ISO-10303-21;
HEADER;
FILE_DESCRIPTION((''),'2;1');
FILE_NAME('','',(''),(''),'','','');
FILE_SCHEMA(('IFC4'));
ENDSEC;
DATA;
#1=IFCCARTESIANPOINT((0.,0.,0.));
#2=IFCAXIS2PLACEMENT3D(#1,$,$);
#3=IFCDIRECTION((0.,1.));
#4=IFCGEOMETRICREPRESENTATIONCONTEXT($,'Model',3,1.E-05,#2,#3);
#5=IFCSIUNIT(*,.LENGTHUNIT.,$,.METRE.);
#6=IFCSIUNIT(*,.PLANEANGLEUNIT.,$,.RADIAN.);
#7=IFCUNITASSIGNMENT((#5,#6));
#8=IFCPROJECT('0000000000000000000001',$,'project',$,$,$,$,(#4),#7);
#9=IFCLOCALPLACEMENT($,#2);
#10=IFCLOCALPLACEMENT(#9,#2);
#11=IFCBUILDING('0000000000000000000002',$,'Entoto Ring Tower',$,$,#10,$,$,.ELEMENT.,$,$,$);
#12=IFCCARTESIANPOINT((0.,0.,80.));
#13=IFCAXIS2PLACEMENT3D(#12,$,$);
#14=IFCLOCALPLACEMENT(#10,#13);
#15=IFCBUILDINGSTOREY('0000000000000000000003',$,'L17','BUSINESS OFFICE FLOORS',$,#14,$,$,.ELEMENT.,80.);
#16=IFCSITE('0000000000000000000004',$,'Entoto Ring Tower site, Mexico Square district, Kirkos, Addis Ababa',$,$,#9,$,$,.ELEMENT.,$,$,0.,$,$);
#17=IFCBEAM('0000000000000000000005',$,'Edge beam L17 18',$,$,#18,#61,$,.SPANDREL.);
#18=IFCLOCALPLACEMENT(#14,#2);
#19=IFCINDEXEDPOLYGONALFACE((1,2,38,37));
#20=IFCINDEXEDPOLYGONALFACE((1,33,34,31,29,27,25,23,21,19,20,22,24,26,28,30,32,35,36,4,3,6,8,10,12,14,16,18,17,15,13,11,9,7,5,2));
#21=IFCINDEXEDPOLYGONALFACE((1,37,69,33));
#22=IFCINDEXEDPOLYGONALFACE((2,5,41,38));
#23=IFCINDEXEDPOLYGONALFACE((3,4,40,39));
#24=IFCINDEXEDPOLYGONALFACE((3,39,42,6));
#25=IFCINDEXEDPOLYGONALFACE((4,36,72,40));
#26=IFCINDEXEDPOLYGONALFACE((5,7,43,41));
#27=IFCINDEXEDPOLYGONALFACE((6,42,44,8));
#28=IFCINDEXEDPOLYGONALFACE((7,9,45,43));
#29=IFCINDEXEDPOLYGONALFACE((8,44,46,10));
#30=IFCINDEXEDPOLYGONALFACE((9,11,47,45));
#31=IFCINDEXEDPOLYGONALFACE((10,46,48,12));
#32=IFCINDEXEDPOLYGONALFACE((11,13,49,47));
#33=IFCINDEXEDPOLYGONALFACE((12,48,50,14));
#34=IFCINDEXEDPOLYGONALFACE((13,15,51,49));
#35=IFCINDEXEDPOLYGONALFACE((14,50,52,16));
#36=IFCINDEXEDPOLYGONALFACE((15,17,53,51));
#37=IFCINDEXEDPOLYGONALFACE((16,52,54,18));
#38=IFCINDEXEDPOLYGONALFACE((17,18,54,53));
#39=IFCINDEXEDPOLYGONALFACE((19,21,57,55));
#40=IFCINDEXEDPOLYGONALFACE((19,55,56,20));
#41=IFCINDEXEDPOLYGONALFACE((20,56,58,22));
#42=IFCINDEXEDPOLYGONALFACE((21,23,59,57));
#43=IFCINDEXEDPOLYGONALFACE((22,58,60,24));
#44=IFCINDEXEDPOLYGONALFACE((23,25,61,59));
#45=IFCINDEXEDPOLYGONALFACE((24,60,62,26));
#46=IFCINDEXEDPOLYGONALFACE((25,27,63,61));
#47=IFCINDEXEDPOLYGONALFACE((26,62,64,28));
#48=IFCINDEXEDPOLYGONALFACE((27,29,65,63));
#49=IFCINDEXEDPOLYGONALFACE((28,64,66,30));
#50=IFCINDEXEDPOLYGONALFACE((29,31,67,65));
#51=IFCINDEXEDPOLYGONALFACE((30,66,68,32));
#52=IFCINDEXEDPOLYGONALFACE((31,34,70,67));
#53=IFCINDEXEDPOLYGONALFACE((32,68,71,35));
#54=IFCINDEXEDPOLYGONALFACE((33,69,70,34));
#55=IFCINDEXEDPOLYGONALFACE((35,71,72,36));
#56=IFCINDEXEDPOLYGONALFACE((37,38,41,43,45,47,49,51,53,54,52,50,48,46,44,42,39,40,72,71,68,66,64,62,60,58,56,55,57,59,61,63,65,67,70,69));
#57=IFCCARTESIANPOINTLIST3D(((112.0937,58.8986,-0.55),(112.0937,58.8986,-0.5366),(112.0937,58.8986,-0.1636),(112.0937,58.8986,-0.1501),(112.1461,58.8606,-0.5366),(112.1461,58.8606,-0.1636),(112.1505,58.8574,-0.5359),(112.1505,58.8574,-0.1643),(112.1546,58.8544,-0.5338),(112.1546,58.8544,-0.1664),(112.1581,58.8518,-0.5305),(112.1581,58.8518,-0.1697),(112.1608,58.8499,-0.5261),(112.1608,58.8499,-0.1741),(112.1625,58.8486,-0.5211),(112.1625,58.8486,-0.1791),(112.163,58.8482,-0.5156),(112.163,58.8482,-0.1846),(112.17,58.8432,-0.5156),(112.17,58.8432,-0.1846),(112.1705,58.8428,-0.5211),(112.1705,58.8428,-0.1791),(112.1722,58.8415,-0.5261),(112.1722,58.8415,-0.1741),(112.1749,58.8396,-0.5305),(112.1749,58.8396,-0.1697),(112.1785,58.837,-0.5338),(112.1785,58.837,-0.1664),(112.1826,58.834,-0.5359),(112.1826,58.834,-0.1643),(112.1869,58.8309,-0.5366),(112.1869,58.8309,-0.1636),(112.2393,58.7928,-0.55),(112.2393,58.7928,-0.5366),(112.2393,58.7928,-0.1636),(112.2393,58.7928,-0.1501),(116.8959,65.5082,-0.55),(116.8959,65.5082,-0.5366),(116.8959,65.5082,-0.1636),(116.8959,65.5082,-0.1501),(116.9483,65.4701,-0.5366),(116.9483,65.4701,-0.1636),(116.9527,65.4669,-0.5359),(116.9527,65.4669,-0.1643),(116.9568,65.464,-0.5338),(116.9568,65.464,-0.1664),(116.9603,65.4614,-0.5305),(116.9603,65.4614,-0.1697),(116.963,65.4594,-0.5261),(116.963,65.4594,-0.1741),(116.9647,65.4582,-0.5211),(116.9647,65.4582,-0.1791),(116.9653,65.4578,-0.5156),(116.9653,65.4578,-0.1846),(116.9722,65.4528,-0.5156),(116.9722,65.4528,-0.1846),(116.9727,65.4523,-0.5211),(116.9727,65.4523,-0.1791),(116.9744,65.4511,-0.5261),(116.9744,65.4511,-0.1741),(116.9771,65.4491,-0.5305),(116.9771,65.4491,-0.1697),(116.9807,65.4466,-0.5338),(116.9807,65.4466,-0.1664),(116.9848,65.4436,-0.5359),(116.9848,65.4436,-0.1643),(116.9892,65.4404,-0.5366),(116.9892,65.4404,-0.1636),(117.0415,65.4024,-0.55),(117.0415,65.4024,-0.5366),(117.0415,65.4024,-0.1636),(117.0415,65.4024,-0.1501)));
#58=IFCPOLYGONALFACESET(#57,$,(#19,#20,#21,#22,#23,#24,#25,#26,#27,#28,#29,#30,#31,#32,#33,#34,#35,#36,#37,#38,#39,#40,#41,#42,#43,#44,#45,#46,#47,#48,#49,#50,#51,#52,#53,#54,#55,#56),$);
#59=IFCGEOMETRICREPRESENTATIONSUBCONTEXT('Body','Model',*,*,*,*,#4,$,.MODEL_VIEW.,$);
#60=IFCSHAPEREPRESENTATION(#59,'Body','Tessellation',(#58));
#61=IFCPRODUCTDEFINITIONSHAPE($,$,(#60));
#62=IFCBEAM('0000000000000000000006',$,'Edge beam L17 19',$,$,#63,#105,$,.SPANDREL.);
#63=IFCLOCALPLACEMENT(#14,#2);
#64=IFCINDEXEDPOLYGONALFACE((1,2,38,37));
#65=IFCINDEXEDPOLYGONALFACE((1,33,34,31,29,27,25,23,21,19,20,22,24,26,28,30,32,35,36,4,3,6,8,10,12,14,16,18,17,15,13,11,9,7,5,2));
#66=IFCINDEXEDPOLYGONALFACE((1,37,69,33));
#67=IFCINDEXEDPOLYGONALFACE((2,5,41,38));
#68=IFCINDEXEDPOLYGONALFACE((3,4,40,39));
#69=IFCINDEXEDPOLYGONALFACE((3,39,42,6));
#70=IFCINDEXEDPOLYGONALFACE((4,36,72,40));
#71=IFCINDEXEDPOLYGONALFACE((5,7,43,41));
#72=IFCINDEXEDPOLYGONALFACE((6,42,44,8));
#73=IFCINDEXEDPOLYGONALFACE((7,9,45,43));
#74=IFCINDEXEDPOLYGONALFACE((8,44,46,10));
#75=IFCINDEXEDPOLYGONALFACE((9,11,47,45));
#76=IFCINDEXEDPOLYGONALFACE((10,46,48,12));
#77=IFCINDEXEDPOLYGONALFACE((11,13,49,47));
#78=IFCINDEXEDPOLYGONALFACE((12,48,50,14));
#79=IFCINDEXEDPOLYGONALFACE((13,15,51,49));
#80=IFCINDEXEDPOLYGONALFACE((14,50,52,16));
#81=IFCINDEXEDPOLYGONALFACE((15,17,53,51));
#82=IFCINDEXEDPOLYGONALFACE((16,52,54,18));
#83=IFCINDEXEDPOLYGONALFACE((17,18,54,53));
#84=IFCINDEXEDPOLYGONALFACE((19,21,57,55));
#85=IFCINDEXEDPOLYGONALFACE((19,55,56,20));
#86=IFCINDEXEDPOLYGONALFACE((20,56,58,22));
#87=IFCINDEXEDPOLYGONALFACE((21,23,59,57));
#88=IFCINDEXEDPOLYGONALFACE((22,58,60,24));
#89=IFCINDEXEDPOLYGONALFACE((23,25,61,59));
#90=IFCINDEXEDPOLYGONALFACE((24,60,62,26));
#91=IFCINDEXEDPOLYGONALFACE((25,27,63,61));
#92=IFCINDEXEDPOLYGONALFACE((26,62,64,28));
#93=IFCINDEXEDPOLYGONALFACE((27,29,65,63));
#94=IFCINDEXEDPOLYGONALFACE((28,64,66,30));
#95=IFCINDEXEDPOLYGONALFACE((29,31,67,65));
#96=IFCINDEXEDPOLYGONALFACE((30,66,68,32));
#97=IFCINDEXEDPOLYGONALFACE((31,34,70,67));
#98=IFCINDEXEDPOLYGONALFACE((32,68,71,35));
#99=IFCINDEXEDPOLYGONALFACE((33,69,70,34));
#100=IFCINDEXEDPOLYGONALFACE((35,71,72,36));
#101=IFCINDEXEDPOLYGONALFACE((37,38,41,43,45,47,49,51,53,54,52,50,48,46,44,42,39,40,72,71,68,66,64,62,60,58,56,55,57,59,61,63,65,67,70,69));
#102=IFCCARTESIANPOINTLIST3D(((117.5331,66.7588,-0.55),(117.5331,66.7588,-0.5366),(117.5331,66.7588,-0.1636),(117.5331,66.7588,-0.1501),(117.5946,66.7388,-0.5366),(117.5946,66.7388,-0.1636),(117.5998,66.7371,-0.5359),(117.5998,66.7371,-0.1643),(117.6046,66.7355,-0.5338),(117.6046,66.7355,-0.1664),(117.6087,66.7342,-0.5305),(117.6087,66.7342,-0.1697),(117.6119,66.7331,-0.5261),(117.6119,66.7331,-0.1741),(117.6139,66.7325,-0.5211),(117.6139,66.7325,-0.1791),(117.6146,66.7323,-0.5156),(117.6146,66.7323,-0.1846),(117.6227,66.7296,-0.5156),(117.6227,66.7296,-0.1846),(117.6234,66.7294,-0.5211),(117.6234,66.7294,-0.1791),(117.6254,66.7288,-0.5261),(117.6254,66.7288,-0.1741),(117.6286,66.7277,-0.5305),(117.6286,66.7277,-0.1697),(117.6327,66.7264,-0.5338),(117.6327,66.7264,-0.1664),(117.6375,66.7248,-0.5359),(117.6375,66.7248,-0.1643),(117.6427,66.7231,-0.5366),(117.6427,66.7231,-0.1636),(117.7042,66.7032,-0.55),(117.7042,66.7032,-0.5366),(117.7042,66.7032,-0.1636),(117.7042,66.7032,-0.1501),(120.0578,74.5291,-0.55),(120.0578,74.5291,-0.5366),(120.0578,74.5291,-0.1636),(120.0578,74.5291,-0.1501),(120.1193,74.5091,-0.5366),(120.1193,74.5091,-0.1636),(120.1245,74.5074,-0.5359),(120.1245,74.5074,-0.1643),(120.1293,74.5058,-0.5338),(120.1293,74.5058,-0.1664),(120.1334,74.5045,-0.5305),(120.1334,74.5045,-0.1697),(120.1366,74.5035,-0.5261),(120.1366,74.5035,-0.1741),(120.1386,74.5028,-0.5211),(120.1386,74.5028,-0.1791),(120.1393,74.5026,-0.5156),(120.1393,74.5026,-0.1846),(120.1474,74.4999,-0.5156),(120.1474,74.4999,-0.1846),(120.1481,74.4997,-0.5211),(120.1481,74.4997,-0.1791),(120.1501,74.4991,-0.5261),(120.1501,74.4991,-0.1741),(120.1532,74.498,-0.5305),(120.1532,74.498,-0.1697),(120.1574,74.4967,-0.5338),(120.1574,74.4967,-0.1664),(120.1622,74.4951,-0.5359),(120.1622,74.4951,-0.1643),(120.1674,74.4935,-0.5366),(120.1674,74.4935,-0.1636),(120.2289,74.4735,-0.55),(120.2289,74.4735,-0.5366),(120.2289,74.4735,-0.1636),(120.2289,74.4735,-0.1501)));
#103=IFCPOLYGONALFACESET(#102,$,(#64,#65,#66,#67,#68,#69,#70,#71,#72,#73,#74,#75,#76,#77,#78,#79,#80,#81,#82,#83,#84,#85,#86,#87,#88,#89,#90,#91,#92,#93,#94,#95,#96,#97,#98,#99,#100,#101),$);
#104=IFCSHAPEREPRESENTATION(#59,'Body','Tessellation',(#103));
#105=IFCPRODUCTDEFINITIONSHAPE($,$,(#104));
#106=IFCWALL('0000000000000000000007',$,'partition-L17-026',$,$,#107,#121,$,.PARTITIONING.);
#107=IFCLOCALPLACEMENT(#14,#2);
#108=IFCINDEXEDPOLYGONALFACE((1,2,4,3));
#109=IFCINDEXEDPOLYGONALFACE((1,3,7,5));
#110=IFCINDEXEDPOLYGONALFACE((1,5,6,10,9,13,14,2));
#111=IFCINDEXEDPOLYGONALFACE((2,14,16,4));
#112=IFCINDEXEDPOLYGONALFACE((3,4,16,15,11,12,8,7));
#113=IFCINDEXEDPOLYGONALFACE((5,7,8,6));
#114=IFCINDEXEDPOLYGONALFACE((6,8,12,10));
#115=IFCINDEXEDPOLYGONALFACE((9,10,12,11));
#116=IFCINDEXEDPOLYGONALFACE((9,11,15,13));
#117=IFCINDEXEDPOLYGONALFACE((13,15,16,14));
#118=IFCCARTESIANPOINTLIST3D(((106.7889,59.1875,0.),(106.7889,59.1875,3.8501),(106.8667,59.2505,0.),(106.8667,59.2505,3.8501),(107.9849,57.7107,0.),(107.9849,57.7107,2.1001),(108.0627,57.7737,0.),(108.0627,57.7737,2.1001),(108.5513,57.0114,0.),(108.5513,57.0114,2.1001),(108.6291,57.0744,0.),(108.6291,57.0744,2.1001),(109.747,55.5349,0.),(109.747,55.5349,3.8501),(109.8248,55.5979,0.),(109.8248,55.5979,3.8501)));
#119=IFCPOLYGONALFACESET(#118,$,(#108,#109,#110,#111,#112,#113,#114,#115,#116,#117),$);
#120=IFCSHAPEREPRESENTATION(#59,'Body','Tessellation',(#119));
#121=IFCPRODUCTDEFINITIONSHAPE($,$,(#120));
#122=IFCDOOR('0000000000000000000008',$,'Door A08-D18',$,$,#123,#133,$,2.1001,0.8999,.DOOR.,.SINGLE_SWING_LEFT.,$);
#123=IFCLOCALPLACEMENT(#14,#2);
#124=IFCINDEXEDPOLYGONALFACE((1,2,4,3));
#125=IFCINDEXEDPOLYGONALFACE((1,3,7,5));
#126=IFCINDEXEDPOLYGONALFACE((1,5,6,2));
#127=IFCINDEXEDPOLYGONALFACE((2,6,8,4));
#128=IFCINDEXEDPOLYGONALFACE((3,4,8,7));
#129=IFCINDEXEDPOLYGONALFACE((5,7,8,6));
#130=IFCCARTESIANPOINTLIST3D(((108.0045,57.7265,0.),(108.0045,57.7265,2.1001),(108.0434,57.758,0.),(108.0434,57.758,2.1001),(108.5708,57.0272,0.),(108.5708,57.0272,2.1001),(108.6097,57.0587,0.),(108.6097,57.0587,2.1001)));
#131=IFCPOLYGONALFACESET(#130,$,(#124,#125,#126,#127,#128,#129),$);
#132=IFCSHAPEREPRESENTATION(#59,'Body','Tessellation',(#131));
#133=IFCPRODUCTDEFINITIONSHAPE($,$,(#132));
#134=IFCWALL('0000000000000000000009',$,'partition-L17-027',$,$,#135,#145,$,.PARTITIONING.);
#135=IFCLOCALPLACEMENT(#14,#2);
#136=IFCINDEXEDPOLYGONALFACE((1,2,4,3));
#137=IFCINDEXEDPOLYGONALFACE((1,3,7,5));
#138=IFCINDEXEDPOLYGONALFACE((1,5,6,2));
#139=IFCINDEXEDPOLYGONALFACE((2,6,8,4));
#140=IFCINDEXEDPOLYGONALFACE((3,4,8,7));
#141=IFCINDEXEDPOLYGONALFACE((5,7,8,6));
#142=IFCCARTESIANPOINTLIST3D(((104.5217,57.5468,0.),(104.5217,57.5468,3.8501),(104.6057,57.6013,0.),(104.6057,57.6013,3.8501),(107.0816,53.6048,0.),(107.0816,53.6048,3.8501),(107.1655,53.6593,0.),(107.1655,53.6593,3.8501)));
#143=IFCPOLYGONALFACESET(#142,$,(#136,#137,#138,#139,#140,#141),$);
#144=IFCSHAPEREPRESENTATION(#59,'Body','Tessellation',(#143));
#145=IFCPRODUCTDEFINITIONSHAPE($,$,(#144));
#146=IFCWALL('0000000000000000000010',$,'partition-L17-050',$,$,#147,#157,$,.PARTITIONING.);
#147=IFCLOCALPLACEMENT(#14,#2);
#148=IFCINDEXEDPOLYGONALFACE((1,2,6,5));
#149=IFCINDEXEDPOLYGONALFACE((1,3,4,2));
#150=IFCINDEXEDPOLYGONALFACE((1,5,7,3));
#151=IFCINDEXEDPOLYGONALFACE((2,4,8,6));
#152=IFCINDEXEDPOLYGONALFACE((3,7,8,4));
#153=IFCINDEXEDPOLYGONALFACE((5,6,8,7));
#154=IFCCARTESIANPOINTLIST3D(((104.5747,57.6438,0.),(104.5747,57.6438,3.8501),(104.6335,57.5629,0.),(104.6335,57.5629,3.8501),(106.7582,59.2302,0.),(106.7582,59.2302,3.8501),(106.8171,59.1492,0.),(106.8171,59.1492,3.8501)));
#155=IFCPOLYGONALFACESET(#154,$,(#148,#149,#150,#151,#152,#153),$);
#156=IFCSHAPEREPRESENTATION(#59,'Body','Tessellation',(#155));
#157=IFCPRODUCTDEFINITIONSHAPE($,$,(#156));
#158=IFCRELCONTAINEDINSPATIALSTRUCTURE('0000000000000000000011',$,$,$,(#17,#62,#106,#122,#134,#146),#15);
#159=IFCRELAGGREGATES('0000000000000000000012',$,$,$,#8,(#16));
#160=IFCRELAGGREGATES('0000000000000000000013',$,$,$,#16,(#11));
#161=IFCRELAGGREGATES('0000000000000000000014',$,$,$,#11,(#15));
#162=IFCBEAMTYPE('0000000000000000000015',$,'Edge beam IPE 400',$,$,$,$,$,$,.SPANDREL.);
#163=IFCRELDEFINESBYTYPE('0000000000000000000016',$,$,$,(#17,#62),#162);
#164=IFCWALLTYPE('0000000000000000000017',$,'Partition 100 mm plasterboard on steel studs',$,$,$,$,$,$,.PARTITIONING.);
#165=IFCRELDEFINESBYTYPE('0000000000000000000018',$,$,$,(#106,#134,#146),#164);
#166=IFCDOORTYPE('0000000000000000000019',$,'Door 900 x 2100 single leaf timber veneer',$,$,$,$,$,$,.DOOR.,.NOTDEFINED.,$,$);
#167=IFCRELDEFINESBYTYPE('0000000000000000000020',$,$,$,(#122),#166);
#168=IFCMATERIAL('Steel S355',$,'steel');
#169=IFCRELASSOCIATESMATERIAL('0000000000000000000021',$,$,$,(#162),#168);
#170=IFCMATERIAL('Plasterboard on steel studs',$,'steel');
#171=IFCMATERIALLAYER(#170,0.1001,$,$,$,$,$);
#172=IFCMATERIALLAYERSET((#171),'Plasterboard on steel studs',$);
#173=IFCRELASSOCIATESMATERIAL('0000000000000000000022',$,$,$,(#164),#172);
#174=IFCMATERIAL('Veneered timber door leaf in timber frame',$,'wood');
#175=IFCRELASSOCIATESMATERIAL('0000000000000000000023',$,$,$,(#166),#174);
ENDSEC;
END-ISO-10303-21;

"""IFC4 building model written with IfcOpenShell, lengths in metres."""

from ifc_helpers import new_model, si_unit, direction, frame, frame_2d, origin, origin_2d, place, context, subcontext, project, spatial, rectangle, i_section, extrude, material, layer, layer_set, material_profile, profile_set, type_object, element, fill, save


model = new_model("IFC4")

# Units and contexts
model_context = context("Model", 3, precision=1e-05, world=origin(), true_north=direction((0.0, 1.0)))
body_context = subcontext(model_context, "Body", "Model", "MODEL_VIEW")
ifc_project = project(units=[si_unit("LENGTHUNIT", "METRE"), si_unit("PLANEANGLEUNIT", "RADIAN")], contexts=[model_context])

# Site, building, storey
site_placement = place(None, origin())
site = spatial("IfcSite", under=ifc_project, at=site_placement, Name="Entoto Ring Tower site, Mexico Square district, Kirkos, Addis Ababa", CompositionType="ELEMENT", RefElevation=0.0)
building_placement = place(site_placement, origin())
building = spatial("IfcBuilding", under=site, at=building_placement, Name="Entoto Ring Tower", CompositionType="ELEMENT")
storey_placement = place(building_placement, frame((0.0, 0.0, 80.0)))
storey = spatial("IfcBuildingStorey", under=building, at=storey_placement, Name="L17", Description="BUSINESS OFFICE FLOORS", CompositionType="ELEMENT", Elevation=80.0)

# Beams
ifc_material_1 = material(Name="Steel S355", Category="steel")
ifc_material_profile_1 = material_profile(ifc_material_1, i_section(OverallWidth=0.1799, OverallDepth=0.3999, WebThickness=0.0085, FlangeThickness=0.0134, FilletRadius=0.021, at=origin_2d()), Name="IPE 400")
ifc_profile_set_1 = profile_set([ifc_material_profile_1], Name="Steel S355")
beam_type = type_object("IfcBeamType", Name="Edge beam IPE 400", PredefinedType="SPANDREL", material=ifc_profile_set_1)
for number, where, z_axis, x_axis, name in (
    (1, (112.1665, 58.8457, -0.3501), (0.587791, 0.809013, 0.0), (-0.809013, 0.587791, 0.0), "Edge beam L17 18"),
):
    element("IfcBeam", number, at=place(storey_placement, frame(where, z_axis=z_axis, x_axis=x_axis)), inside=storey, type_object=beam_type, Name=name, PredefinedType="SPANDREL", context=body_context, shape_type="SweptSolid", body=[
        extrude(i_section(OverallWidth=0.1799, OverallDepth=0.3999, WebThickness=0.0085, FlangeThickness=0.0134, FilletRadius=0.021, at=origin_2d()), origin(), (0.0, 0.0, 1.0), 8.1699),
    ])
beam_placement = place(storey_placement, frame((117.6187, 66.731, -0.3501), z_axis=(0.309011, 0.951058, 0.0), x_axis=(-0.951058, 0.309011, 0.0)))
element("IfcBeam", 2, at=beam_placement, inside=storey, type_object=beam_type, Name="Edge beam L17 19", PredefinedType="SPANDREL", context=body_context, shape_type="SweptSolid", body=[
    extrude(i_section(OverallWidth=0.1799, OverallDepth=0.3999, WebThickness=0.0085, FlangeThickness=0.0134, FilletRadius=0.021, at=origin_2d()), origin(), (0.0, 0.0, 1.0), 8.1702),
])

# Wall, opening, door
ifc_material_2 = material(Name="Plasterboard on steel studs", Category="steel")
ifc_layer_1 = layer(ifc_material_2, 0.1001)
ifc_layer_set_1 = layer_set([ifc_layer_1], Name="Plasterboard on steel studs")
wall_type_1 = type_object("IfcWallType", Name="Partition 100 mm plasterboard on steel studs", PredefinedType="PARTITIONING", material=ifc_layer_set_1)
wall_1_placement = place(storey_placement, frame((109.7859, 55.5664, 0.0), z_axis=(0.0, 0.0, 1.0), x_axis=(-0.629346, 0.777125, 0.0)))
wall_1 = element("IfcWall", 3, at=wall_1_placement, inside=storey, type_object=wall_type_1, Name="partition-L17-026", PredefinedType="PARTITIONING", context=body_context, shape_type="SweptSolid", body=[
    extrude(rectangle(XDim=4.7002, YDim=0.1001, at=frame_2d((2.3501, 0.0))), origin(), (0.0, 0.0, 1.0), 3.8501),
])
opening_1_placement = place(wall_1_placement, frame((1.8999, 0.0, 0.0)))
opening_1 = element("IfcOpeningElement", 4, at=opening_1_placement, cuts=wall_1, PredefinedType="OPENING", context=body_context, shape_type="SweptSolid", body=[
    extrude(rectangle(XDim=0.8999, YDim=2.1001, at=frame_2d((0.45, 1.05))), frame((0.0, 0.0601, 0.0), z_axis=(0.0, -1.0, 0.0), x_axis=(1.0, 0.0, 0.0)), (0.0, 0.0, 1.0), 0.1201),
])
ifc_material_3 = material(Name="Veneered timber door leaf in timber frame", Category="wood")
door_type = type_object("IfcDoorType", Name="Door 900 x 2100 single leaf timber veneer", OperationType="NOTDEFINED", PredefinedType="DOOR", material=ifc_material_3)
door_1_placement = place(opening_1_placement, origin())
door_1 = element("IfcDoor", 5, at=door_1_placement, inside=storey, type_object=door_type, Name="Door A08-D18", OperationType="SINGLE_SWING_LEFT", OverallHeight=2.1001, OverallWidth=0.8999, PredefinedType="DOOR", context=body_context, shape_type="SweptSolid", body=[
    extrude(rectangle(XDim=0.8999, YDim=2.1001, at=frame_2d((0.45, 1.05))), frame((0.0, 0.0249, 0.0), z_axis=(0.0, -1.0, 0.0), x_axis=(1.0, 0.0, 0.0)), (0.0, 0.0, 1.0), 0.05),
])
fill(opening_1, door_1)

# Walls
wall_2_placement = place(storey_placement, frame((107.1235, 53.6321, 0.0), z_axis=(0.0, 0.0, 1.0), x_axis=(-0.544627, 0.838679, 0.0)))
element("IfcWall", 6, at=wall_2_placement, inside=storey, type_object=wall_type_1, Name="partition-L17-027", PredefinedType="PARTITIONING", context=body_context, shape_type="SweptSolid", body=[
    extrude(rectangle(XDim=4.7002, YDim=0.1001, at=frame_2d((2.3501, 0.0))), origin(), (0.0, 0.0, 1.0), 3.8501),
])
wall_3_placement = place(storey_placement, frame((104.604, 57.6033, 0.0), z_axis=(0.0, 0.0, 1.0), x_axis=(0.809025, 0.587774, 0.0)))
element("IfcWall", 7, at=wall_3_placement, inside=storey, type_object=wall_type_1, Name="partition-L17-050", PredefinedType="PARTITIONING", context=body_context, shape_type="SweptSolid", body=[
    extrude(rectangle(XDim=2.699, YDim=0.1001, at=frame_2d((1.3496, 0.0))), origin(), (0.0, 0.0, 1.0), 3.8501),
])

save(model, "model.ifc")
